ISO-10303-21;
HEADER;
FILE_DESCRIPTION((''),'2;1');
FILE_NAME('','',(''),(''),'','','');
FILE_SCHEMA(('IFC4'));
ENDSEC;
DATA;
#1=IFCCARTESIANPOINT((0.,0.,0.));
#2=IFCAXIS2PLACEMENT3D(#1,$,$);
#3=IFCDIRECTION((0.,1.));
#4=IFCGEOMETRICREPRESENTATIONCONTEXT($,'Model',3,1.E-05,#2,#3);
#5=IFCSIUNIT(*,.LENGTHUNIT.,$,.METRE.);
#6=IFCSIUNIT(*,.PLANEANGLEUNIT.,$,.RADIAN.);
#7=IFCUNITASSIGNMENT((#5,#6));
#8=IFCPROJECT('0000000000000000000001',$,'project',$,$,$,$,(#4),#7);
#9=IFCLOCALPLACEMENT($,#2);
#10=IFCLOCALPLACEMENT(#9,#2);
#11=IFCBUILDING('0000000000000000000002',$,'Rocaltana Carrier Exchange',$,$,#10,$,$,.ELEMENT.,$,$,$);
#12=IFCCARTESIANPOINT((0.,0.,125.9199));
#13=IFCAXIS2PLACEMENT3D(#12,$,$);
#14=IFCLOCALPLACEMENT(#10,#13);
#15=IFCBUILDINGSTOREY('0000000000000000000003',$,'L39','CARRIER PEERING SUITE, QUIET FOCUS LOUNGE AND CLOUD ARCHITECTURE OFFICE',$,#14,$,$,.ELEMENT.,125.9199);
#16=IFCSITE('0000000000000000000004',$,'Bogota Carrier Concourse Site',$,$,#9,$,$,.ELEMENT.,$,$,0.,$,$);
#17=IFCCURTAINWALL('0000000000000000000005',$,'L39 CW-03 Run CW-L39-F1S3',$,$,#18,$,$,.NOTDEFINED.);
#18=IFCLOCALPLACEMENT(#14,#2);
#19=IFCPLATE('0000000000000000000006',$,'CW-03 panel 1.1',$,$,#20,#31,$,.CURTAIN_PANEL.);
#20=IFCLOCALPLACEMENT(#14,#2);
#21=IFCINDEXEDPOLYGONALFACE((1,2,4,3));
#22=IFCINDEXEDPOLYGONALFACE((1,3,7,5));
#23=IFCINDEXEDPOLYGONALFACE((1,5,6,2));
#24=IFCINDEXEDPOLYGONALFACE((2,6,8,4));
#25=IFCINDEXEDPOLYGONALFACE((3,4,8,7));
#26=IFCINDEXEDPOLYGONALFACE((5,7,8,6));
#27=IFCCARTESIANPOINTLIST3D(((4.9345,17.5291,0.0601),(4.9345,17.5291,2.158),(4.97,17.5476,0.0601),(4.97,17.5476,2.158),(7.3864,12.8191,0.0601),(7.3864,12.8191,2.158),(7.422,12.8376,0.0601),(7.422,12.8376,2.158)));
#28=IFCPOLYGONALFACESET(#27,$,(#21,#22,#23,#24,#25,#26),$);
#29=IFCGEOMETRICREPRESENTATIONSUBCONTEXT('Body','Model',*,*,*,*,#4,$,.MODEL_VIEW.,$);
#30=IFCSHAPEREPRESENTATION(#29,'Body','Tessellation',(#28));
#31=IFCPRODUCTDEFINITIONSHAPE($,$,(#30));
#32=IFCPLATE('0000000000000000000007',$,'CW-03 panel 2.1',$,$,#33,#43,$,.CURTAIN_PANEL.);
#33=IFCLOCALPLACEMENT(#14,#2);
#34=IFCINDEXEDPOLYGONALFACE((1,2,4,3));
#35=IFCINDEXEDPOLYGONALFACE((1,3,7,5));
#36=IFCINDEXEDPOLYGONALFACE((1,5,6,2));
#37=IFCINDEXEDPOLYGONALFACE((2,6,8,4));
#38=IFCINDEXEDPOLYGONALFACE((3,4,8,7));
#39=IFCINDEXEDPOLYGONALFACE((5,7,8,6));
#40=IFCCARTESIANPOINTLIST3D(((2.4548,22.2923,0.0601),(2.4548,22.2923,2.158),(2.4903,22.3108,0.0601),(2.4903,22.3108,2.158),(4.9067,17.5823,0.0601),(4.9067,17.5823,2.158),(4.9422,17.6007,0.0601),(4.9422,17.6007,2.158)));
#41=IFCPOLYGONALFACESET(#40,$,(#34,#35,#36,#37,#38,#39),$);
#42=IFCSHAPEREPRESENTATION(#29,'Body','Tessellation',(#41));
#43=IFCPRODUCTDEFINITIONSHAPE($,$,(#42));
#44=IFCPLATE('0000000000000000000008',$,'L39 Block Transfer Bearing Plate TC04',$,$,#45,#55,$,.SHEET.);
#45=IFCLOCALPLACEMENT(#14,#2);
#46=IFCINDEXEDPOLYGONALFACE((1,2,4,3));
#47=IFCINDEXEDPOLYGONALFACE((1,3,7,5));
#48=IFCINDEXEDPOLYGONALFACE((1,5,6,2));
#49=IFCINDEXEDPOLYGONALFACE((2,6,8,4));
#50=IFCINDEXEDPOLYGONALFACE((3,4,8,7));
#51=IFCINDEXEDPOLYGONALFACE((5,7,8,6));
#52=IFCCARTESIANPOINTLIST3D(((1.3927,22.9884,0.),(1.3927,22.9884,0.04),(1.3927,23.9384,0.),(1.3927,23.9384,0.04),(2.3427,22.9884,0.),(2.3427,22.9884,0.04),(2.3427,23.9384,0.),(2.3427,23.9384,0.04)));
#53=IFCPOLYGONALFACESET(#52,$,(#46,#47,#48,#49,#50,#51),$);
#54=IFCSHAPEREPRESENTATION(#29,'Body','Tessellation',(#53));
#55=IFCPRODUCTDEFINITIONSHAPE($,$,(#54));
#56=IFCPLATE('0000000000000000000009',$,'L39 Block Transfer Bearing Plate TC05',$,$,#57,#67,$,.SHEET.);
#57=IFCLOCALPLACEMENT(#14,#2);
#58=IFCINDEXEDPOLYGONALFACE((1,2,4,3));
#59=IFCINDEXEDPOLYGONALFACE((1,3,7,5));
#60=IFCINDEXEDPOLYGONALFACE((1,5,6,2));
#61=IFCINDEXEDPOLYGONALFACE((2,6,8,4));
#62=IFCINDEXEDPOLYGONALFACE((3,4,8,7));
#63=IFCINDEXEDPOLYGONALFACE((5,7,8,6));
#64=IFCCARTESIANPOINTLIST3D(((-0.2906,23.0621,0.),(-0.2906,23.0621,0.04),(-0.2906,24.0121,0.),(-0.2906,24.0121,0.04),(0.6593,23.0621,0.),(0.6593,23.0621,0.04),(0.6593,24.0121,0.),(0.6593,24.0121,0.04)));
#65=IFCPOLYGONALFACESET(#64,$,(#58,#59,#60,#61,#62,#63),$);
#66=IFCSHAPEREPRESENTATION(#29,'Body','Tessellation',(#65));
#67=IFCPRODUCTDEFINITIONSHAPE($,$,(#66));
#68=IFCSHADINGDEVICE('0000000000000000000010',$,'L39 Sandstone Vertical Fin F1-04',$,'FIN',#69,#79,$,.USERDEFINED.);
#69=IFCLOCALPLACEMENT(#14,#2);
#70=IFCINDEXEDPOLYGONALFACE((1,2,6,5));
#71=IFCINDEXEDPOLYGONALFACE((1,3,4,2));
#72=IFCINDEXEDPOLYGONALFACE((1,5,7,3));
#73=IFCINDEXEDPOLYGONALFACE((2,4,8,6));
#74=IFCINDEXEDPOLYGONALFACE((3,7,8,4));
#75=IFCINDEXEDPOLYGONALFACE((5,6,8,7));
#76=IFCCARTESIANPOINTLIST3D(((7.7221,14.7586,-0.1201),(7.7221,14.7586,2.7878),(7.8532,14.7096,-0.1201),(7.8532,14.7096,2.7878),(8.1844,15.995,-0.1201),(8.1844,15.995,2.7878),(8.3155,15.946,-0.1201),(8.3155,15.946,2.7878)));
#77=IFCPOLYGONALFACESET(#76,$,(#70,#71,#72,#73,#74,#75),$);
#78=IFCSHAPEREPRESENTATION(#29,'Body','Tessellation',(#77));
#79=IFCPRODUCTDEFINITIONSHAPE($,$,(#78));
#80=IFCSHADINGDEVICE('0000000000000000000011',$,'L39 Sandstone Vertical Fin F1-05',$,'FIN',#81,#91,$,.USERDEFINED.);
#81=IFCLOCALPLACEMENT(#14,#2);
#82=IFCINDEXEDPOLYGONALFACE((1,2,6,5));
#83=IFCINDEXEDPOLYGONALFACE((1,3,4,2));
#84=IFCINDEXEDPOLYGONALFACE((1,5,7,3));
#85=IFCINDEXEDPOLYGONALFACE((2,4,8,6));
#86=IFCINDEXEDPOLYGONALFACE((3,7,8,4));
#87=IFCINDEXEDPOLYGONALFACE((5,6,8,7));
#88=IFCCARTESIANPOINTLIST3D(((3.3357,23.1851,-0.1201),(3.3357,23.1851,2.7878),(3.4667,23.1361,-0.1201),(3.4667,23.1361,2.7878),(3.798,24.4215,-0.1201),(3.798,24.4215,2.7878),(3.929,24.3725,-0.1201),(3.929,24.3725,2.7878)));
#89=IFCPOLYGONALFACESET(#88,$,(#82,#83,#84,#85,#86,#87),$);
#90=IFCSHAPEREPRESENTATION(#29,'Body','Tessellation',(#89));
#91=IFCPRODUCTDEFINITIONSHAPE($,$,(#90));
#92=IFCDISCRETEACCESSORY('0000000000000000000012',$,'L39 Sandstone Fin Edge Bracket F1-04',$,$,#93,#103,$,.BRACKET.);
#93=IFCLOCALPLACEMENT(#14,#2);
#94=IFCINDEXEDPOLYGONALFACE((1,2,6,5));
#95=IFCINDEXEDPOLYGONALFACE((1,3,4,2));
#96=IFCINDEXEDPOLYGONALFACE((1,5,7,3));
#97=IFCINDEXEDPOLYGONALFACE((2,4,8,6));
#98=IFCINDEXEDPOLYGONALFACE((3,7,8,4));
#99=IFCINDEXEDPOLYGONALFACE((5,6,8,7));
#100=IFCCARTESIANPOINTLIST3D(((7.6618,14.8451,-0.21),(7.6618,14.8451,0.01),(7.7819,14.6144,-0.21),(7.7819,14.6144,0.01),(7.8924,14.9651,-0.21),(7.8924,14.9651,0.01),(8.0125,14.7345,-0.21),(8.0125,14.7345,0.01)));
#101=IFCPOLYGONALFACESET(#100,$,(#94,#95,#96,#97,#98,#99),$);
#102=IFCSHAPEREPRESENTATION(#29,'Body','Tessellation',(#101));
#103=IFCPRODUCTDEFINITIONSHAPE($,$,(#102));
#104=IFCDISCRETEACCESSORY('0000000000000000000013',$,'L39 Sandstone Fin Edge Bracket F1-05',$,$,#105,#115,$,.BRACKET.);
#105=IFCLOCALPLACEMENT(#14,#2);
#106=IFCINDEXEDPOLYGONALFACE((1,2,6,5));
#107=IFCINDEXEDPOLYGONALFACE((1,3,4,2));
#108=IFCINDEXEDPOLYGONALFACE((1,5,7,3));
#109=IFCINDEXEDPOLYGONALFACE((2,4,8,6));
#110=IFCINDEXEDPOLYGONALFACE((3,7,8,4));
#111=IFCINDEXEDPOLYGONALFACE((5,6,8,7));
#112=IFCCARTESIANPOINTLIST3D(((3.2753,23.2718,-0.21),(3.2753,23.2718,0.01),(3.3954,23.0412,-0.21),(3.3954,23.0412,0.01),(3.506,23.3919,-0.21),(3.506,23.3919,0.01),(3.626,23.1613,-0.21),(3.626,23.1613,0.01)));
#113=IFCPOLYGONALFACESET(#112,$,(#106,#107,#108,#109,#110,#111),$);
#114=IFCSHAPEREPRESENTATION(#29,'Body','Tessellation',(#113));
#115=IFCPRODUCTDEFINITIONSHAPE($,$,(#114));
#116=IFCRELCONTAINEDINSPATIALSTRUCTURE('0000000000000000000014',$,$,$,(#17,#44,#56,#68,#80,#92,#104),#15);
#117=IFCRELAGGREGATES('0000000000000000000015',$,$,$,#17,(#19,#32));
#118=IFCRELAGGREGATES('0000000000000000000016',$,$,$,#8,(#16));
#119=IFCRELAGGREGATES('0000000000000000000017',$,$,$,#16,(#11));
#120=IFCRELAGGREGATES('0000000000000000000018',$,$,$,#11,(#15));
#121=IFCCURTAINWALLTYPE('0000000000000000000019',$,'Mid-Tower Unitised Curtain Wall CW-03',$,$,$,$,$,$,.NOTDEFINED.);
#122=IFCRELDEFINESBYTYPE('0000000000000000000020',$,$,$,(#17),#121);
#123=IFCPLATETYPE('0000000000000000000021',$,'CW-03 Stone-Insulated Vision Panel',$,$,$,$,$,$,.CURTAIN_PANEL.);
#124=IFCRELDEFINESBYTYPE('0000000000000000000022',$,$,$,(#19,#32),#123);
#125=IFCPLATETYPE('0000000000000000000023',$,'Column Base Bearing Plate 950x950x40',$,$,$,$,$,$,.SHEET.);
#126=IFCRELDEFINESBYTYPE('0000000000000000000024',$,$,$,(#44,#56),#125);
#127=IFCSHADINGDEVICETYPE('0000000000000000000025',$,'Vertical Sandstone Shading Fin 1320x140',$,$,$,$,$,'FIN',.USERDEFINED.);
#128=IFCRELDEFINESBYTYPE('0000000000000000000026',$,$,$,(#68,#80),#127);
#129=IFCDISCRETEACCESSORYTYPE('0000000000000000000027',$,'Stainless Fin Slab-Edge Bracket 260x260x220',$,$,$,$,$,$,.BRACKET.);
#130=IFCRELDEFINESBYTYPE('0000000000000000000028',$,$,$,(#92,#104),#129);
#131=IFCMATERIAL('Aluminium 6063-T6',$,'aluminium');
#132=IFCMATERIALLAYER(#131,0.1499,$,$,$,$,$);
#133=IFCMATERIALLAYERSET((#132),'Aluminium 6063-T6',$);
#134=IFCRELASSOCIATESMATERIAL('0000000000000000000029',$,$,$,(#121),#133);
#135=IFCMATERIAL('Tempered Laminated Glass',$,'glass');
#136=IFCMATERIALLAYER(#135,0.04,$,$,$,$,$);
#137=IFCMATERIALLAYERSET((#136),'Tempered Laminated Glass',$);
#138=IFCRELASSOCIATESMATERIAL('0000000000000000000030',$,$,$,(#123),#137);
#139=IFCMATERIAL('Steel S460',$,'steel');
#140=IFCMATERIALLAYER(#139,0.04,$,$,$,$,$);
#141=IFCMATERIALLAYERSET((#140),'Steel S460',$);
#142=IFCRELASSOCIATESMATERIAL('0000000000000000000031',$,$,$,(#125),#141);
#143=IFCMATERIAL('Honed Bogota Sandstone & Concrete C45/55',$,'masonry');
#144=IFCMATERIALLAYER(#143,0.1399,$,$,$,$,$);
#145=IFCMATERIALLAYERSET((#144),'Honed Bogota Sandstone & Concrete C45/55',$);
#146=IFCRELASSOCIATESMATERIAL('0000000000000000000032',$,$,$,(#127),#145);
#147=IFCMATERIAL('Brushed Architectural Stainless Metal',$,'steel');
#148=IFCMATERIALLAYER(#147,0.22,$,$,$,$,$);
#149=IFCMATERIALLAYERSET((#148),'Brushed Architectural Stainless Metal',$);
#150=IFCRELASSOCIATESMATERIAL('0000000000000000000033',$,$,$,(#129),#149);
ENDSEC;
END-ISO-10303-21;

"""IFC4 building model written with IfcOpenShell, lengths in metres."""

from ifc_helpers import new_model, si_unit, direction, frame, origin, origin_2d, place, context, subcontext, project, spatial, rectangle, extrude, material, layer, layer_set, type_object, element, aggregate, save


model = new_model("IFC4")

# Units and contexts
model_context = context("Model", 3, precision=1e-05, world=origin(), true_north=direction((0.0, 1.0)))
body_context = subcontext(model_context, "Body", "Model", "MODEL_VIEW")
ifc_project = project(units=[si_unit("LENGTHUNIT", "METRE"), si_unit("PLANEANGLEUNIT", "RADIAN")], contexts=[model_context])

# Site, building, storey
site_placement = place(None, origin())
site = spatial("IfcSite", under=ifc_project, at=site_placement, Name="Bogota Carrier Concourse Site", CompositionType="ELEMENT", RefElevation=0.0)
building_placement = place(site_placement, origin())
building = spatial("IfcBuilding", under=site, at=building_placement, Name="Rocaltana Carrier Exchange", CompositionType="ELEMENT")
storey_placement = place(building_placement, frame((0.0, 0.0, 125.9199)))
storey = spatial("IfcBuildingStorey", under=building, at=storey_placement, Name="L39", Description="CARRIER PEERING SUITE, QUIET FOCUS LOUNGE AND CLOUD ARCHITECTURE OFFICE", CompositionType="ELEMENT", Elevation=125.9199)

# Curtain wall
ifc_material_1 = material(Name="Aluminium 6063-T6", Category="aluminium")
ifc_layer_1 = layer(ifc_material_1, 0.1499)
ifc_layer_set_1 = layer_set([ifc_layer_1], Name="Aluminium 6063-T6")
curtain_wall_type = type_object("IfcCurtainWallType", Name="Mid-Tower Unitised Curtain Wall CW-03", PredefinedType="NOTDEFINED", material=ifc_layer_set_1)
curtain_wall_placement = place(storey_placement, origin())
curtain_wall = element("IfcCurtainWall", 1, at=curtain_wall_placement, inside=storey, type_object=curtain_wall_type, Name="L39 CW-03 Run CW-L39-F1S3", PredefinedType="NOTDEFINED")

# Plates
ifc_material_2 = material(Name="Tempered Laminated Glass", Category="glass")
ifc_layer_2 = layer(ifc_material_2, 0.04)
ifc_layer_set_2 = layer_set([ifc_layer_2], Name="Tempered Laminated Glass")
plate_type_1 = type_object("IfcPlateType", Name="CW-03 Stone-Insulated Vision Panel", PredefinedType="CURTAIN_PANEL", material=ifc_layer_set_2)
plate_1_placement = place(storey_placement, frame((6.1782, 15.1833, 0.0601), z_axis=(0.0, 0.0, 1.0), x_axis=(-0.461754, 0.887008, 0.0)))
plate_1 = element("IfcPlate", 2, at=plate_1_placement, type_object=plate_type_1, Name="CW-03 panel 1.1", PredefinedType="CURTAIN_PANEL", context=body_context, shape_type="SweptSolid", body=[
    extrude(rectangle(XDim=5.3101, YDim=0.04, at=origin_2d()), origin(), (0.0, 0.0, 1.0), 2.0979),
])
plate_2_placement = place(storey_placement, frame((3.6985, 19.9465, 0.0601), z_axis=(0.0, 0.0, 1.0), x_axis=(-0.461754, 0.887008, 0.0)))
plate_2 = element("IfcPlate", 3, at=plate_2_placement, type_object=plate_type_1, Name="CW-03 panel 2.1", PredefinedType="CURTAIN_PANEL", context=body_context, shape_type="SweptSolid", body=[
    extrude(rectangle(XDim=5.3101, YDim=0.04, at=origin_2d()), origin(), (0.0, 0.0, 1.0), 2.0979),
])
aggregate(curtain_wall, [plate_1, plate_2])

# Plates
ifc_material_3 = material(Name="Steel S460", Category="steel")
ifc_layer_3 = layer(ifc_material_3, 0.04)
ifc_layer_set_3 = layer_set([ifc_layer_3], Name="Steel S460")
plate_type_2 = type_object("IfcPlateType", Name="Column Base Bearing Plate 950x950x40", PredefinedType="SHEET", material=ifc_layer_set_3)
for number, where, z_axis, x_axis, name in (
    (4, (1.8677, 23.4634, 0.0), (0.0, 0.0, 1.0), (1.0, 0.0, 0.0), "L39 Block Transfer Bearing Plate TC04"),
    (5, (0.1843, 23.5371, 0.0), (0.0, 0.0, 1.0), (1.0, 0.0, 0.0), "L39 Block Transfer Bearing Plate TC05"),
):
    element("IfcPlate", number, at=place(storey_placement, frame(where, z_axis=z_axis, x_axis=x_axis)), inside=storey, type_object=plate_type_2, Name=name, PredefinedType="SHEET", context=body_context, shape_type="SweptSolid", body=[
        extrude(rectangle(XDim=0.95, YDim=0.95, at=origin_2d()), origin(), (0.0, 0.0, 1.0), 0.04),
    ])

# Shading devices
ifc_material_4 = material(Name="Honed Bogota Sandstone & Concrete C45/55", Category="masonry")
ifc_layer_4 = layer(ifc_material_4, 0.1399)
ifc_layer_set_4 = layer_set([ifc_layer_4], Name="Honed Bogota Sandstone & Concrete C45/55")
shading_device_type = type_object("IfcShadingDeviceType", Name="Vertical Sandstone Shading Fin 1320x140", ElementType="FIN", PredefinedType="USERDEFINED", material=ifc_layer_set_4)
for number, where, z_axis, x_axis, name in (
    (6, (8.0188, 15.3523, -0.1201), (0.0, 0.0, 1.0), (0.350207, 0.936672, 0.0), "L39 Sandstone Vertical Fin F1-04"),
    (7, (3.6323, 23.7788, -0.1201), (0.0, 0.0, 1.0), (0.350207, 0.936672, 0.0), "L39 Sandstone Vertical Fin F1-05"),
):
    element("IfcShadingDevice", number, at=place(storey_placement, frame(where, z_axis=z_axis, x_axis=x_axis)), inside=storey, type_object=shading_device_type, Name=name, ObjectType="FIN", PredefinedType="USERDEFINED", context=body_context, shape_type="SweptSolid", body=[
        extrude(rectangle(XDim=1.3201, YDim=0.1399, at=origin_2d()), origin(), (0.0, 0.0, 1.0), 2.908),
    ])

# Discrete accessories
ifc_material_5 = material(Name="Brushed Architectural Stainless Metal", Category="steel")
ifc_layer_5 = layer(ifc_material_5, 0.22)
ifc_layer_set_5 = layer_set([ifc_layer_5], Name="Brushed Architectural Stainless Metal")
discrete_accessory_type = type_object("IfcDiscreteAccessoryType", Name="Stainless Fin Slab-Edge Bracket 260x260x220", PredefinedType="BRACKET", material=ifc_layer_set_5)
for number, where, z_axis, x_axis, name in (
    (8, (7.8372, 14.7898, -0.21), (0.0, 0.0, 1.0), (-0.461749, 0.887011, 0.0), "L39 Sandstone Fin Edge Bracket F1-04"),
    (9, (3.4507, 23.2166, -0.21), (0.0, 0.0, 1.0), (-0.461749, 0.887011, 0.0), "L39 Sandstone Fin Edge Bracket F1-05"),
):
    element("IfcDiscreteAccessory", number, at=place(storey_placement, frame(where, z_axis=z_axis, x_axis=x_axis)), inside=storey, type_object=discrete_accessory_type, Name=name, PredefinedType="BRACKET", context=body_context, shape_type="SweptSolid", body=[
        extrude(rectangle(XDim=0.26, YDim=0.26, at=origin_2d()), origin(), (0.0, 0.0, 1.0), 0.22),
    ])

save(model, "model.ifc")
